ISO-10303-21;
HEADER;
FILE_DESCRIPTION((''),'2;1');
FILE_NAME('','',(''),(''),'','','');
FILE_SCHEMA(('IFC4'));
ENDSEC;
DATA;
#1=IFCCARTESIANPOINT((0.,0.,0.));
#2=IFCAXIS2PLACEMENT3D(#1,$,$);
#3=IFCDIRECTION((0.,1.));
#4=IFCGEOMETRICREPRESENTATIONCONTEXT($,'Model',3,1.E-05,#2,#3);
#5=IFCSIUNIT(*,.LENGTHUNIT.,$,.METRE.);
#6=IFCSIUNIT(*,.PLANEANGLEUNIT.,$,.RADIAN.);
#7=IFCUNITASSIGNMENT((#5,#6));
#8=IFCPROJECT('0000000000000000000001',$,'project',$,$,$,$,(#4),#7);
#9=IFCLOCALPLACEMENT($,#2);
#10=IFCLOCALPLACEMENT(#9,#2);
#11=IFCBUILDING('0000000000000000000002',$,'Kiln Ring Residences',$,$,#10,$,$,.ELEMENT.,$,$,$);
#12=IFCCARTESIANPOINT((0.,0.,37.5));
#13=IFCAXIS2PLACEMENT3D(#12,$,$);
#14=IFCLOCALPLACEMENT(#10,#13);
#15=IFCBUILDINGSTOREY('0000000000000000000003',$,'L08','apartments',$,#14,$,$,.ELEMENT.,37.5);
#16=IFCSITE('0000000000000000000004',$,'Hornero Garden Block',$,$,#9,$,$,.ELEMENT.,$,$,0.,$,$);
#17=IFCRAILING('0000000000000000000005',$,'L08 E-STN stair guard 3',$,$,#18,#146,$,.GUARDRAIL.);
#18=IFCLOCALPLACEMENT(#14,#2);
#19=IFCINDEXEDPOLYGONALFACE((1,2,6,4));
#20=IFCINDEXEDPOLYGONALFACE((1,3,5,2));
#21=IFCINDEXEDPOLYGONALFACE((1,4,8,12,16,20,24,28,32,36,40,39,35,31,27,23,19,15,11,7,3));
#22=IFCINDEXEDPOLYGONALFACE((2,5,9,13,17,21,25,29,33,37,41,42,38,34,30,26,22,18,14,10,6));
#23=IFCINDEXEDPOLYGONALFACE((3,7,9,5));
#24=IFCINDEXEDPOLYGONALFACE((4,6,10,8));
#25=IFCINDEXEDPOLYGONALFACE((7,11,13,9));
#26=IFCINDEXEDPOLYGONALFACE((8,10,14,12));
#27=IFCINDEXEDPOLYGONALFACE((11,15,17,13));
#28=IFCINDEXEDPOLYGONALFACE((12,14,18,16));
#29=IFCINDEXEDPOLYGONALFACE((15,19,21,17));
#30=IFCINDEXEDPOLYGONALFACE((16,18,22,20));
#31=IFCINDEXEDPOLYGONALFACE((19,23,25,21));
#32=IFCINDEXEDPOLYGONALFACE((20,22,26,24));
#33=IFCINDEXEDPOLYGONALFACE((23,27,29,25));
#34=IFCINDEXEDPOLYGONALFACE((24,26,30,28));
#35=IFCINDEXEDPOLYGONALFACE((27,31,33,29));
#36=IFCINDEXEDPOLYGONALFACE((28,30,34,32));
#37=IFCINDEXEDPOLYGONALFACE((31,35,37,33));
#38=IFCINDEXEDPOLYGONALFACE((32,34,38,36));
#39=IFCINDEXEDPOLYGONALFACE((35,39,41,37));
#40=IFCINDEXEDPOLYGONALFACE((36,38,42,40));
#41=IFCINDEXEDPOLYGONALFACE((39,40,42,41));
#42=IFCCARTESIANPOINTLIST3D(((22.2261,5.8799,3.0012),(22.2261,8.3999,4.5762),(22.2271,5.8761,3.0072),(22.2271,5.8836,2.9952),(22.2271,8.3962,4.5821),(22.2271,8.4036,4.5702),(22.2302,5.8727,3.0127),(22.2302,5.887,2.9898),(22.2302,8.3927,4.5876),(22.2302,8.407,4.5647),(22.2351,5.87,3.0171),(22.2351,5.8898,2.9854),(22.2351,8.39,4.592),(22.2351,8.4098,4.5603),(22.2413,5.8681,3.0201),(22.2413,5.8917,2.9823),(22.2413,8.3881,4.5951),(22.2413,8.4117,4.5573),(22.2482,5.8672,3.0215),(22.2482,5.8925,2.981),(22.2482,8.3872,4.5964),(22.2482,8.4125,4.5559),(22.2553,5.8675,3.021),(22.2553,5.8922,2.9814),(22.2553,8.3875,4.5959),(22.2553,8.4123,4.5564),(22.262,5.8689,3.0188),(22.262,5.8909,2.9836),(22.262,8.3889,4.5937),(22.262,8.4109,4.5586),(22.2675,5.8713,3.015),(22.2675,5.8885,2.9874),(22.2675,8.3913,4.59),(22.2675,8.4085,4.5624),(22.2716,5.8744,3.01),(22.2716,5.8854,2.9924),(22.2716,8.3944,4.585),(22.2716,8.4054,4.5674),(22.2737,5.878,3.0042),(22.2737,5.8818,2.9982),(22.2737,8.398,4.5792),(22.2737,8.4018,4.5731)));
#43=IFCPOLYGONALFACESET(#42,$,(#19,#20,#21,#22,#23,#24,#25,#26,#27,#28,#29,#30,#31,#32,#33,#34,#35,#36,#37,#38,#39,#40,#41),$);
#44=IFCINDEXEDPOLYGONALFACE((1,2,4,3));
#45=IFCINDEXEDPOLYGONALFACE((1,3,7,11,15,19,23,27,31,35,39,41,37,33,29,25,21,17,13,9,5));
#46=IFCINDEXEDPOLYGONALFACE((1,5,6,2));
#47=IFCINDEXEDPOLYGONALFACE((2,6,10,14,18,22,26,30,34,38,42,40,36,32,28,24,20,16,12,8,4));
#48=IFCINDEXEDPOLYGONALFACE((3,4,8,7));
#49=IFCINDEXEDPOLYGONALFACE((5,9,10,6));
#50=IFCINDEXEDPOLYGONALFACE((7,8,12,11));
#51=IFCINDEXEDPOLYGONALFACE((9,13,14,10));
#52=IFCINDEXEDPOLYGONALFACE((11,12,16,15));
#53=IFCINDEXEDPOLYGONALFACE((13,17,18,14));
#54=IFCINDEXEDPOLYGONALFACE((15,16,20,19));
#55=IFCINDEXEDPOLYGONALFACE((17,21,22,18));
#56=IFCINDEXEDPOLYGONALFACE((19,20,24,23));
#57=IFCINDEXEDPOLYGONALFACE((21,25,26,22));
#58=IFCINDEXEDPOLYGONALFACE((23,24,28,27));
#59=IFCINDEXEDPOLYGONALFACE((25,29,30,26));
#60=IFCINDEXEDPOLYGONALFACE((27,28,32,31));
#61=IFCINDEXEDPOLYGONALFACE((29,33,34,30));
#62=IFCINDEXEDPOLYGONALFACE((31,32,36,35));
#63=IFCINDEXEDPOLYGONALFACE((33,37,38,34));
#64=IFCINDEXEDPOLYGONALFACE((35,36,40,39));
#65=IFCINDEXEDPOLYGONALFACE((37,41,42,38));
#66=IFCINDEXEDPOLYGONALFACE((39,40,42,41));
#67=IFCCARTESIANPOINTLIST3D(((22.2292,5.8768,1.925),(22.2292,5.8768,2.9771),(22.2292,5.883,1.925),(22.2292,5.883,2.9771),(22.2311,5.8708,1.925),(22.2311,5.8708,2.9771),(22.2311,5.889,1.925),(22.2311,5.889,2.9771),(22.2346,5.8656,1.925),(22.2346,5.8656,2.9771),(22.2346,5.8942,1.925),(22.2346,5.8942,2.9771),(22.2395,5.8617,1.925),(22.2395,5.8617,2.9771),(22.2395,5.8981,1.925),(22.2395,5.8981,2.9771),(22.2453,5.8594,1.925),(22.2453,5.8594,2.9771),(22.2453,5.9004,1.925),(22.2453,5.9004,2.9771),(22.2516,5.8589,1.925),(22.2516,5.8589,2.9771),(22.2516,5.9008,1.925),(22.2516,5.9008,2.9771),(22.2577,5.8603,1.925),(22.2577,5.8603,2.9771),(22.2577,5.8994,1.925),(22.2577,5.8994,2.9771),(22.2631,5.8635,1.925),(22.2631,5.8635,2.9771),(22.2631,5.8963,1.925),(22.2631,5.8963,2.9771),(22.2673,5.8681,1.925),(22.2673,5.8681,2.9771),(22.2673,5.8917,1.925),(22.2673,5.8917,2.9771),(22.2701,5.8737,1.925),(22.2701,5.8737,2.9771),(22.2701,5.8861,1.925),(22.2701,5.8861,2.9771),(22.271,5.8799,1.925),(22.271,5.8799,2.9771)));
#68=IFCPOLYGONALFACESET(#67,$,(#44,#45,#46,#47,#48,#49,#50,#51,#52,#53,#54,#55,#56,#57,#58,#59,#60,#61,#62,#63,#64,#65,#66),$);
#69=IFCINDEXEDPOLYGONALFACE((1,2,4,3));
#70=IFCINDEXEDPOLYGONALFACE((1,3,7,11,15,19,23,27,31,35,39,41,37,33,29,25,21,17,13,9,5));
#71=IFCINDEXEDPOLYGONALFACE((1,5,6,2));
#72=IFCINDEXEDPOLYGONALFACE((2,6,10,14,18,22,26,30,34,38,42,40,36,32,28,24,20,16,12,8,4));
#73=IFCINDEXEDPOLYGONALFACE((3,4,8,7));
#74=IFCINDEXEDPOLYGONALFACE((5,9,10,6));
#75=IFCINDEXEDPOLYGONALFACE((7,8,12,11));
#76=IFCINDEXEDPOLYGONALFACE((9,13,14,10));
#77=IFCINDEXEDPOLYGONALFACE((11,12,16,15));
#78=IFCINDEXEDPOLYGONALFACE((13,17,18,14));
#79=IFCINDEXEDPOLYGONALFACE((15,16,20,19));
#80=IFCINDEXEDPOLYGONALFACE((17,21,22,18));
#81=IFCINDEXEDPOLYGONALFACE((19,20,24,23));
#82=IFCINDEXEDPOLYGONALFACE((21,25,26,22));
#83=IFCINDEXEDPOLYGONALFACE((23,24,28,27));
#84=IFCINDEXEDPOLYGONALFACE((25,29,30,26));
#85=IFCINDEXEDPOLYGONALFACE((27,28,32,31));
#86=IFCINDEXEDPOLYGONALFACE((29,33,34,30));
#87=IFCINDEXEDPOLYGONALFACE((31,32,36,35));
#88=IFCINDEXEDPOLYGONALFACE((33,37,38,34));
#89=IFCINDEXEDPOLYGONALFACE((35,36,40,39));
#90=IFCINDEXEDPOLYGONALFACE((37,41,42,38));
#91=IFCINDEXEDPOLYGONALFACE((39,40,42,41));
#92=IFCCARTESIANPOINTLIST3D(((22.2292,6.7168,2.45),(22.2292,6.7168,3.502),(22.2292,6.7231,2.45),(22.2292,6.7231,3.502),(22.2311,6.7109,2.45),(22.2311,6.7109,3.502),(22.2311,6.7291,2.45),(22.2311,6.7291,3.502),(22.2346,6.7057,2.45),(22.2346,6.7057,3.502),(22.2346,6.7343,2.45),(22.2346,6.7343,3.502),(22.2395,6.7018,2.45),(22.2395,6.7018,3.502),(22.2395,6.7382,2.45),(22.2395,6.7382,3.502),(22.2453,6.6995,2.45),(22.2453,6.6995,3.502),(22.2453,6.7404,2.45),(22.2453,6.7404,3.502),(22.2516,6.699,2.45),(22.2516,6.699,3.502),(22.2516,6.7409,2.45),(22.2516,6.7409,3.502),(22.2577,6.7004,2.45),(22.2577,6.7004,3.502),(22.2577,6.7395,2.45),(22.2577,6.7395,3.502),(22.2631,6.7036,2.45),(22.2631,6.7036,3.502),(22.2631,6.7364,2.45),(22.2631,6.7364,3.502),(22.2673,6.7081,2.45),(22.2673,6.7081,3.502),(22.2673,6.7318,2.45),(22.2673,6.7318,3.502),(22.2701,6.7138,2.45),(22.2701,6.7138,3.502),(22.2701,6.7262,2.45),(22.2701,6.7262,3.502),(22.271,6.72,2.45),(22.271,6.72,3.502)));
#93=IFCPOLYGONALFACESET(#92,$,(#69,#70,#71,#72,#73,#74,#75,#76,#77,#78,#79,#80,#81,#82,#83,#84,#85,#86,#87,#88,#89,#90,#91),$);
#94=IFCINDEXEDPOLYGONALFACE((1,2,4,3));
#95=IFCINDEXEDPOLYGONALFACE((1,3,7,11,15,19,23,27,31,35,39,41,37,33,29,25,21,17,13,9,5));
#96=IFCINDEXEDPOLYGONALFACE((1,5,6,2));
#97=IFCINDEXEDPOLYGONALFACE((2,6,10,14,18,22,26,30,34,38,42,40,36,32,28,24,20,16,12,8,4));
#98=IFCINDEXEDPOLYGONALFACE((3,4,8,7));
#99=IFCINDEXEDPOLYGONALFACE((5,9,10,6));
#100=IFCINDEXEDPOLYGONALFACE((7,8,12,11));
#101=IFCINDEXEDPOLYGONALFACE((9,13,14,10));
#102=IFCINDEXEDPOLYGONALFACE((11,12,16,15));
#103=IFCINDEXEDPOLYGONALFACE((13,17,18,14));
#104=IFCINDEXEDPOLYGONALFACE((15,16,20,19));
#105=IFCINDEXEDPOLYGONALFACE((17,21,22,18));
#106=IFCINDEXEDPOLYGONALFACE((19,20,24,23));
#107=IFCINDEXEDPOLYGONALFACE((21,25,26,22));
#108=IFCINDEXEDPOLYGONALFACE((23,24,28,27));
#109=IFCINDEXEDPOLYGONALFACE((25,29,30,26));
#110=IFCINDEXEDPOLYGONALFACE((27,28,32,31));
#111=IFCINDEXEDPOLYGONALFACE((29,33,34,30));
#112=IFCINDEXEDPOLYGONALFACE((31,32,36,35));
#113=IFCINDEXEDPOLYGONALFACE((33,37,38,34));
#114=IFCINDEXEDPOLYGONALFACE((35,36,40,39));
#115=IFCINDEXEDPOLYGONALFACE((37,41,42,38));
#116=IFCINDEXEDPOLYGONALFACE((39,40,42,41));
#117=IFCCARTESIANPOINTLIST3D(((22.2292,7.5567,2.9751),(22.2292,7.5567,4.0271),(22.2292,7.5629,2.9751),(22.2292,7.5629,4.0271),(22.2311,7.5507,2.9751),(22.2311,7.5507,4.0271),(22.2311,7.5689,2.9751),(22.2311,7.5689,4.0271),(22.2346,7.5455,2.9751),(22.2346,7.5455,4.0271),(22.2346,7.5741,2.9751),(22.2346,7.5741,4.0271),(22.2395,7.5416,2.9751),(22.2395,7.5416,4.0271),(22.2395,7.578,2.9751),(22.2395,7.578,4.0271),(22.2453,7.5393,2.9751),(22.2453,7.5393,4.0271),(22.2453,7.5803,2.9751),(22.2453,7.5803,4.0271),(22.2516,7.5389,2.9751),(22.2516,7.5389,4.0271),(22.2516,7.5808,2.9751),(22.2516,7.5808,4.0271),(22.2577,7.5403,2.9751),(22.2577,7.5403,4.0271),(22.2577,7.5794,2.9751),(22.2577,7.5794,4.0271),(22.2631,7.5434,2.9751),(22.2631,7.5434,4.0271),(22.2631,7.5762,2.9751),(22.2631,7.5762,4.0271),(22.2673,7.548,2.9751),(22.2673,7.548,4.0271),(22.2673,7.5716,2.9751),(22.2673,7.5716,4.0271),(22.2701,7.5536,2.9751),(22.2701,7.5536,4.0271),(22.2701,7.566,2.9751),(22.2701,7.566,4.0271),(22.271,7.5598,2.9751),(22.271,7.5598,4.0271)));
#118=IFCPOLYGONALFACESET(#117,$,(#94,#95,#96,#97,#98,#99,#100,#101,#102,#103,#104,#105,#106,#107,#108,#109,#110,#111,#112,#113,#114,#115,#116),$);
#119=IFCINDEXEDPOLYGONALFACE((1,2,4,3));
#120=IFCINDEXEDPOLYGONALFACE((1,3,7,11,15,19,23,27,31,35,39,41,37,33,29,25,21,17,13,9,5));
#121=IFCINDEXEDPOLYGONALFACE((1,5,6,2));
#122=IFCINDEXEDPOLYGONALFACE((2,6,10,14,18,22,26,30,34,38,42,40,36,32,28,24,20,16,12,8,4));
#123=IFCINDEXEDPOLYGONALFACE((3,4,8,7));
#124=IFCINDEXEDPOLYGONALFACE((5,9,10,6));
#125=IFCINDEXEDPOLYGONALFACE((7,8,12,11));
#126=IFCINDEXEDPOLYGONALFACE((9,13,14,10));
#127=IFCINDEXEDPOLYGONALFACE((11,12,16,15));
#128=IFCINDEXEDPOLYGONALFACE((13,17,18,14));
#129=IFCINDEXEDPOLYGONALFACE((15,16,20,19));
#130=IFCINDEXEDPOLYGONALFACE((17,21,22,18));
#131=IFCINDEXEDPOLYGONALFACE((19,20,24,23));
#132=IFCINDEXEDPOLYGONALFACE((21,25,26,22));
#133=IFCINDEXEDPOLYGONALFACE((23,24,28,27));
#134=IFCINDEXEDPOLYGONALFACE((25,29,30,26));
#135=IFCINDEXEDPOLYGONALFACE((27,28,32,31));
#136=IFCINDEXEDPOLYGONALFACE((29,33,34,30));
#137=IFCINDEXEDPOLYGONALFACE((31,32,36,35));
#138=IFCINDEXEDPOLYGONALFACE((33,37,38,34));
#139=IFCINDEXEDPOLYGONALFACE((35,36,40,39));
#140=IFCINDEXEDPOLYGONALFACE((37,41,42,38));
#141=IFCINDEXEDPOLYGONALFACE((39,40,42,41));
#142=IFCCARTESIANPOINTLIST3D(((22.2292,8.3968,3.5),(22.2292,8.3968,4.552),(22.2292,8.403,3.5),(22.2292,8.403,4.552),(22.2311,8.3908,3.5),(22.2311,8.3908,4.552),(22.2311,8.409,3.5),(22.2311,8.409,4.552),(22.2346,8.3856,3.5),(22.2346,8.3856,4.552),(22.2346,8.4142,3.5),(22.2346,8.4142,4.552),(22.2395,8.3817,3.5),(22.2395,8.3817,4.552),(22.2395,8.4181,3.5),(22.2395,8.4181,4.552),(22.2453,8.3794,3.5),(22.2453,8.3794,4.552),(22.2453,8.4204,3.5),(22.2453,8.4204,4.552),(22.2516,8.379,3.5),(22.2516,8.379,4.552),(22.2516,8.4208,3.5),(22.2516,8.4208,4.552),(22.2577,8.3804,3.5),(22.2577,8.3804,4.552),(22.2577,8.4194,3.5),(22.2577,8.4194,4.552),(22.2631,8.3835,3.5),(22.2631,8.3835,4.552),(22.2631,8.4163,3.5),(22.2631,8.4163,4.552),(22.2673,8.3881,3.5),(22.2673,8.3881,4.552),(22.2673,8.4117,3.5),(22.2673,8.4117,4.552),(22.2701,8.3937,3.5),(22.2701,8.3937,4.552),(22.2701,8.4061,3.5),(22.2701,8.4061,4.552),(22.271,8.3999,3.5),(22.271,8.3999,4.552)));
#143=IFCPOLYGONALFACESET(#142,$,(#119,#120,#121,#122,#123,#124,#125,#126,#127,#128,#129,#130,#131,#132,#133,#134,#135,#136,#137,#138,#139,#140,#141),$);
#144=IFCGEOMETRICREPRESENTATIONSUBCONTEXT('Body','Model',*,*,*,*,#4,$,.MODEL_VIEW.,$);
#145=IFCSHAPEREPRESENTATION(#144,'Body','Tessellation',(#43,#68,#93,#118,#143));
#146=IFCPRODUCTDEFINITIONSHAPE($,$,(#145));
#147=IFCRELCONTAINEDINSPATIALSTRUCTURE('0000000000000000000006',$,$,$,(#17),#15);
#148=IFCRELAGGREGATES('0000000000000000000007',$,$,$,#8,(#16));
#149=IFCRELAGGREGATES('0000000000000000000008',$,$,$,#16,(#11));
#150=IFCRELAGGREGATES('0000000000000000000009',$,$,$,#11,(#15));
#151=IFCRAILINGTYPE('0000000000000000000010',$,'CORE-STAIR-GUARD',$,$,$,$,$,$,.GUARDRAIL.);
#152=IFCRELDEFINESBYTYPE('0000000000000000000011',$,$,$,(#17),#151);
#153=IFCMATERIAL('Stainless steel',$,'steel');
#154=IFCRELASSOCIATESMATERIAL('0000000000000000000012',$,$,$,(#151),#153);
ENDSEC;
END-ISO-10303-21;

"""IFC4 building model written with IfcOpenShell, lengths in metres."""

from ifc_helpers import new_model, si_unit, direction, frame, origin, origin_2d, place, context, subcontext, project, spatial, circle, extrude, material, type_object, element, save


model = new_model("IFC4")

# Units and contexts
model_context = context("Model", 3, precision=1e-05, world=origin(), true_north=direction((0.0, 1.0)))
body_context = subcontext(model_context, "Body", "Model", "MODEL_VIEW")
ifc_project = project(units=[si_unit("LENGTHUNIT", "METRE"), si_unit("PLANEANGLEUNIT", "RADIAN")], contexts=[model_context])

# Site, building, storey
site_placement = place(None, origin())
site = spatial("IfcSite", under=ifc_project, at=site_placement, Name="Hornero Garden Block", CompositionType="ELEMENT", RefElevation=0.0)
building_placement = place(site_placement, origin())
building = spatial("IfcBuilding", under=site, at=building_placement, Name="Kiln Ring Residences", CompositionType="ELEMENT")
storey_placement = place(building_placement, frame((0.0, 0.0, 37.5)))
storey = spatial("IfcBuildingStorey", under=building, at=storey_placement, Name="L08", Description="apartments", CompositionType="ELEMENT", Elevation=37.5)

# Railing
ifc_material_1 = material(Name="Stainless steel", Category="steel")
railing_type_1 = type_object("IfcRailingType", Name="CORE-STAIR-GUARD", PredefinedType="GUARDRAIL", material=ifc_material_1)
railing_1_placement = place(storey_placement, frame((22.25, 5.8799, 1.925)))
element("IfcRailing", 1, at=railing_1_placement, inside=storey, type_object=railing_type_1, Name="L08 E-STN stair guard 3", PredefinedType="GUARDRAIL", context=body_context, shape_type="SweptSolid", body=[
    extrude(circle(Radius=0.0239, at=origin_2d()), frame((0.0, 0.0, 1.0762), z_axis=(0.0, 0.848008, 0.529984), x_axis=(-1.0, 0.0, 0.0)), (0.0, 0.0, 1.0), 2.9717),
    extrude(circle(Radius=0.021, at=origin_2d()), origin(), (0.0, 0.0, 1.0), 1.052),
    extrude(circle(Radius=0.021, at=origin_2d()), frame((0.0, 0.8401, 0.5249)), (0.0, 0.0, 1.0), 1.052),
    extrude(circle(Radius=0.021, at=origin_2d()), frame((0.0, 1.6799, 1.05)), (0.0, 0.0, 1.0), 1.052),
    extrude(circle(Radius=0.021, at=origin_2d()), frame((0.0, 2.52, 1.575)), (0.0, 0.0, 1.0), 1.052),
])

save(model, "model.ifc")
